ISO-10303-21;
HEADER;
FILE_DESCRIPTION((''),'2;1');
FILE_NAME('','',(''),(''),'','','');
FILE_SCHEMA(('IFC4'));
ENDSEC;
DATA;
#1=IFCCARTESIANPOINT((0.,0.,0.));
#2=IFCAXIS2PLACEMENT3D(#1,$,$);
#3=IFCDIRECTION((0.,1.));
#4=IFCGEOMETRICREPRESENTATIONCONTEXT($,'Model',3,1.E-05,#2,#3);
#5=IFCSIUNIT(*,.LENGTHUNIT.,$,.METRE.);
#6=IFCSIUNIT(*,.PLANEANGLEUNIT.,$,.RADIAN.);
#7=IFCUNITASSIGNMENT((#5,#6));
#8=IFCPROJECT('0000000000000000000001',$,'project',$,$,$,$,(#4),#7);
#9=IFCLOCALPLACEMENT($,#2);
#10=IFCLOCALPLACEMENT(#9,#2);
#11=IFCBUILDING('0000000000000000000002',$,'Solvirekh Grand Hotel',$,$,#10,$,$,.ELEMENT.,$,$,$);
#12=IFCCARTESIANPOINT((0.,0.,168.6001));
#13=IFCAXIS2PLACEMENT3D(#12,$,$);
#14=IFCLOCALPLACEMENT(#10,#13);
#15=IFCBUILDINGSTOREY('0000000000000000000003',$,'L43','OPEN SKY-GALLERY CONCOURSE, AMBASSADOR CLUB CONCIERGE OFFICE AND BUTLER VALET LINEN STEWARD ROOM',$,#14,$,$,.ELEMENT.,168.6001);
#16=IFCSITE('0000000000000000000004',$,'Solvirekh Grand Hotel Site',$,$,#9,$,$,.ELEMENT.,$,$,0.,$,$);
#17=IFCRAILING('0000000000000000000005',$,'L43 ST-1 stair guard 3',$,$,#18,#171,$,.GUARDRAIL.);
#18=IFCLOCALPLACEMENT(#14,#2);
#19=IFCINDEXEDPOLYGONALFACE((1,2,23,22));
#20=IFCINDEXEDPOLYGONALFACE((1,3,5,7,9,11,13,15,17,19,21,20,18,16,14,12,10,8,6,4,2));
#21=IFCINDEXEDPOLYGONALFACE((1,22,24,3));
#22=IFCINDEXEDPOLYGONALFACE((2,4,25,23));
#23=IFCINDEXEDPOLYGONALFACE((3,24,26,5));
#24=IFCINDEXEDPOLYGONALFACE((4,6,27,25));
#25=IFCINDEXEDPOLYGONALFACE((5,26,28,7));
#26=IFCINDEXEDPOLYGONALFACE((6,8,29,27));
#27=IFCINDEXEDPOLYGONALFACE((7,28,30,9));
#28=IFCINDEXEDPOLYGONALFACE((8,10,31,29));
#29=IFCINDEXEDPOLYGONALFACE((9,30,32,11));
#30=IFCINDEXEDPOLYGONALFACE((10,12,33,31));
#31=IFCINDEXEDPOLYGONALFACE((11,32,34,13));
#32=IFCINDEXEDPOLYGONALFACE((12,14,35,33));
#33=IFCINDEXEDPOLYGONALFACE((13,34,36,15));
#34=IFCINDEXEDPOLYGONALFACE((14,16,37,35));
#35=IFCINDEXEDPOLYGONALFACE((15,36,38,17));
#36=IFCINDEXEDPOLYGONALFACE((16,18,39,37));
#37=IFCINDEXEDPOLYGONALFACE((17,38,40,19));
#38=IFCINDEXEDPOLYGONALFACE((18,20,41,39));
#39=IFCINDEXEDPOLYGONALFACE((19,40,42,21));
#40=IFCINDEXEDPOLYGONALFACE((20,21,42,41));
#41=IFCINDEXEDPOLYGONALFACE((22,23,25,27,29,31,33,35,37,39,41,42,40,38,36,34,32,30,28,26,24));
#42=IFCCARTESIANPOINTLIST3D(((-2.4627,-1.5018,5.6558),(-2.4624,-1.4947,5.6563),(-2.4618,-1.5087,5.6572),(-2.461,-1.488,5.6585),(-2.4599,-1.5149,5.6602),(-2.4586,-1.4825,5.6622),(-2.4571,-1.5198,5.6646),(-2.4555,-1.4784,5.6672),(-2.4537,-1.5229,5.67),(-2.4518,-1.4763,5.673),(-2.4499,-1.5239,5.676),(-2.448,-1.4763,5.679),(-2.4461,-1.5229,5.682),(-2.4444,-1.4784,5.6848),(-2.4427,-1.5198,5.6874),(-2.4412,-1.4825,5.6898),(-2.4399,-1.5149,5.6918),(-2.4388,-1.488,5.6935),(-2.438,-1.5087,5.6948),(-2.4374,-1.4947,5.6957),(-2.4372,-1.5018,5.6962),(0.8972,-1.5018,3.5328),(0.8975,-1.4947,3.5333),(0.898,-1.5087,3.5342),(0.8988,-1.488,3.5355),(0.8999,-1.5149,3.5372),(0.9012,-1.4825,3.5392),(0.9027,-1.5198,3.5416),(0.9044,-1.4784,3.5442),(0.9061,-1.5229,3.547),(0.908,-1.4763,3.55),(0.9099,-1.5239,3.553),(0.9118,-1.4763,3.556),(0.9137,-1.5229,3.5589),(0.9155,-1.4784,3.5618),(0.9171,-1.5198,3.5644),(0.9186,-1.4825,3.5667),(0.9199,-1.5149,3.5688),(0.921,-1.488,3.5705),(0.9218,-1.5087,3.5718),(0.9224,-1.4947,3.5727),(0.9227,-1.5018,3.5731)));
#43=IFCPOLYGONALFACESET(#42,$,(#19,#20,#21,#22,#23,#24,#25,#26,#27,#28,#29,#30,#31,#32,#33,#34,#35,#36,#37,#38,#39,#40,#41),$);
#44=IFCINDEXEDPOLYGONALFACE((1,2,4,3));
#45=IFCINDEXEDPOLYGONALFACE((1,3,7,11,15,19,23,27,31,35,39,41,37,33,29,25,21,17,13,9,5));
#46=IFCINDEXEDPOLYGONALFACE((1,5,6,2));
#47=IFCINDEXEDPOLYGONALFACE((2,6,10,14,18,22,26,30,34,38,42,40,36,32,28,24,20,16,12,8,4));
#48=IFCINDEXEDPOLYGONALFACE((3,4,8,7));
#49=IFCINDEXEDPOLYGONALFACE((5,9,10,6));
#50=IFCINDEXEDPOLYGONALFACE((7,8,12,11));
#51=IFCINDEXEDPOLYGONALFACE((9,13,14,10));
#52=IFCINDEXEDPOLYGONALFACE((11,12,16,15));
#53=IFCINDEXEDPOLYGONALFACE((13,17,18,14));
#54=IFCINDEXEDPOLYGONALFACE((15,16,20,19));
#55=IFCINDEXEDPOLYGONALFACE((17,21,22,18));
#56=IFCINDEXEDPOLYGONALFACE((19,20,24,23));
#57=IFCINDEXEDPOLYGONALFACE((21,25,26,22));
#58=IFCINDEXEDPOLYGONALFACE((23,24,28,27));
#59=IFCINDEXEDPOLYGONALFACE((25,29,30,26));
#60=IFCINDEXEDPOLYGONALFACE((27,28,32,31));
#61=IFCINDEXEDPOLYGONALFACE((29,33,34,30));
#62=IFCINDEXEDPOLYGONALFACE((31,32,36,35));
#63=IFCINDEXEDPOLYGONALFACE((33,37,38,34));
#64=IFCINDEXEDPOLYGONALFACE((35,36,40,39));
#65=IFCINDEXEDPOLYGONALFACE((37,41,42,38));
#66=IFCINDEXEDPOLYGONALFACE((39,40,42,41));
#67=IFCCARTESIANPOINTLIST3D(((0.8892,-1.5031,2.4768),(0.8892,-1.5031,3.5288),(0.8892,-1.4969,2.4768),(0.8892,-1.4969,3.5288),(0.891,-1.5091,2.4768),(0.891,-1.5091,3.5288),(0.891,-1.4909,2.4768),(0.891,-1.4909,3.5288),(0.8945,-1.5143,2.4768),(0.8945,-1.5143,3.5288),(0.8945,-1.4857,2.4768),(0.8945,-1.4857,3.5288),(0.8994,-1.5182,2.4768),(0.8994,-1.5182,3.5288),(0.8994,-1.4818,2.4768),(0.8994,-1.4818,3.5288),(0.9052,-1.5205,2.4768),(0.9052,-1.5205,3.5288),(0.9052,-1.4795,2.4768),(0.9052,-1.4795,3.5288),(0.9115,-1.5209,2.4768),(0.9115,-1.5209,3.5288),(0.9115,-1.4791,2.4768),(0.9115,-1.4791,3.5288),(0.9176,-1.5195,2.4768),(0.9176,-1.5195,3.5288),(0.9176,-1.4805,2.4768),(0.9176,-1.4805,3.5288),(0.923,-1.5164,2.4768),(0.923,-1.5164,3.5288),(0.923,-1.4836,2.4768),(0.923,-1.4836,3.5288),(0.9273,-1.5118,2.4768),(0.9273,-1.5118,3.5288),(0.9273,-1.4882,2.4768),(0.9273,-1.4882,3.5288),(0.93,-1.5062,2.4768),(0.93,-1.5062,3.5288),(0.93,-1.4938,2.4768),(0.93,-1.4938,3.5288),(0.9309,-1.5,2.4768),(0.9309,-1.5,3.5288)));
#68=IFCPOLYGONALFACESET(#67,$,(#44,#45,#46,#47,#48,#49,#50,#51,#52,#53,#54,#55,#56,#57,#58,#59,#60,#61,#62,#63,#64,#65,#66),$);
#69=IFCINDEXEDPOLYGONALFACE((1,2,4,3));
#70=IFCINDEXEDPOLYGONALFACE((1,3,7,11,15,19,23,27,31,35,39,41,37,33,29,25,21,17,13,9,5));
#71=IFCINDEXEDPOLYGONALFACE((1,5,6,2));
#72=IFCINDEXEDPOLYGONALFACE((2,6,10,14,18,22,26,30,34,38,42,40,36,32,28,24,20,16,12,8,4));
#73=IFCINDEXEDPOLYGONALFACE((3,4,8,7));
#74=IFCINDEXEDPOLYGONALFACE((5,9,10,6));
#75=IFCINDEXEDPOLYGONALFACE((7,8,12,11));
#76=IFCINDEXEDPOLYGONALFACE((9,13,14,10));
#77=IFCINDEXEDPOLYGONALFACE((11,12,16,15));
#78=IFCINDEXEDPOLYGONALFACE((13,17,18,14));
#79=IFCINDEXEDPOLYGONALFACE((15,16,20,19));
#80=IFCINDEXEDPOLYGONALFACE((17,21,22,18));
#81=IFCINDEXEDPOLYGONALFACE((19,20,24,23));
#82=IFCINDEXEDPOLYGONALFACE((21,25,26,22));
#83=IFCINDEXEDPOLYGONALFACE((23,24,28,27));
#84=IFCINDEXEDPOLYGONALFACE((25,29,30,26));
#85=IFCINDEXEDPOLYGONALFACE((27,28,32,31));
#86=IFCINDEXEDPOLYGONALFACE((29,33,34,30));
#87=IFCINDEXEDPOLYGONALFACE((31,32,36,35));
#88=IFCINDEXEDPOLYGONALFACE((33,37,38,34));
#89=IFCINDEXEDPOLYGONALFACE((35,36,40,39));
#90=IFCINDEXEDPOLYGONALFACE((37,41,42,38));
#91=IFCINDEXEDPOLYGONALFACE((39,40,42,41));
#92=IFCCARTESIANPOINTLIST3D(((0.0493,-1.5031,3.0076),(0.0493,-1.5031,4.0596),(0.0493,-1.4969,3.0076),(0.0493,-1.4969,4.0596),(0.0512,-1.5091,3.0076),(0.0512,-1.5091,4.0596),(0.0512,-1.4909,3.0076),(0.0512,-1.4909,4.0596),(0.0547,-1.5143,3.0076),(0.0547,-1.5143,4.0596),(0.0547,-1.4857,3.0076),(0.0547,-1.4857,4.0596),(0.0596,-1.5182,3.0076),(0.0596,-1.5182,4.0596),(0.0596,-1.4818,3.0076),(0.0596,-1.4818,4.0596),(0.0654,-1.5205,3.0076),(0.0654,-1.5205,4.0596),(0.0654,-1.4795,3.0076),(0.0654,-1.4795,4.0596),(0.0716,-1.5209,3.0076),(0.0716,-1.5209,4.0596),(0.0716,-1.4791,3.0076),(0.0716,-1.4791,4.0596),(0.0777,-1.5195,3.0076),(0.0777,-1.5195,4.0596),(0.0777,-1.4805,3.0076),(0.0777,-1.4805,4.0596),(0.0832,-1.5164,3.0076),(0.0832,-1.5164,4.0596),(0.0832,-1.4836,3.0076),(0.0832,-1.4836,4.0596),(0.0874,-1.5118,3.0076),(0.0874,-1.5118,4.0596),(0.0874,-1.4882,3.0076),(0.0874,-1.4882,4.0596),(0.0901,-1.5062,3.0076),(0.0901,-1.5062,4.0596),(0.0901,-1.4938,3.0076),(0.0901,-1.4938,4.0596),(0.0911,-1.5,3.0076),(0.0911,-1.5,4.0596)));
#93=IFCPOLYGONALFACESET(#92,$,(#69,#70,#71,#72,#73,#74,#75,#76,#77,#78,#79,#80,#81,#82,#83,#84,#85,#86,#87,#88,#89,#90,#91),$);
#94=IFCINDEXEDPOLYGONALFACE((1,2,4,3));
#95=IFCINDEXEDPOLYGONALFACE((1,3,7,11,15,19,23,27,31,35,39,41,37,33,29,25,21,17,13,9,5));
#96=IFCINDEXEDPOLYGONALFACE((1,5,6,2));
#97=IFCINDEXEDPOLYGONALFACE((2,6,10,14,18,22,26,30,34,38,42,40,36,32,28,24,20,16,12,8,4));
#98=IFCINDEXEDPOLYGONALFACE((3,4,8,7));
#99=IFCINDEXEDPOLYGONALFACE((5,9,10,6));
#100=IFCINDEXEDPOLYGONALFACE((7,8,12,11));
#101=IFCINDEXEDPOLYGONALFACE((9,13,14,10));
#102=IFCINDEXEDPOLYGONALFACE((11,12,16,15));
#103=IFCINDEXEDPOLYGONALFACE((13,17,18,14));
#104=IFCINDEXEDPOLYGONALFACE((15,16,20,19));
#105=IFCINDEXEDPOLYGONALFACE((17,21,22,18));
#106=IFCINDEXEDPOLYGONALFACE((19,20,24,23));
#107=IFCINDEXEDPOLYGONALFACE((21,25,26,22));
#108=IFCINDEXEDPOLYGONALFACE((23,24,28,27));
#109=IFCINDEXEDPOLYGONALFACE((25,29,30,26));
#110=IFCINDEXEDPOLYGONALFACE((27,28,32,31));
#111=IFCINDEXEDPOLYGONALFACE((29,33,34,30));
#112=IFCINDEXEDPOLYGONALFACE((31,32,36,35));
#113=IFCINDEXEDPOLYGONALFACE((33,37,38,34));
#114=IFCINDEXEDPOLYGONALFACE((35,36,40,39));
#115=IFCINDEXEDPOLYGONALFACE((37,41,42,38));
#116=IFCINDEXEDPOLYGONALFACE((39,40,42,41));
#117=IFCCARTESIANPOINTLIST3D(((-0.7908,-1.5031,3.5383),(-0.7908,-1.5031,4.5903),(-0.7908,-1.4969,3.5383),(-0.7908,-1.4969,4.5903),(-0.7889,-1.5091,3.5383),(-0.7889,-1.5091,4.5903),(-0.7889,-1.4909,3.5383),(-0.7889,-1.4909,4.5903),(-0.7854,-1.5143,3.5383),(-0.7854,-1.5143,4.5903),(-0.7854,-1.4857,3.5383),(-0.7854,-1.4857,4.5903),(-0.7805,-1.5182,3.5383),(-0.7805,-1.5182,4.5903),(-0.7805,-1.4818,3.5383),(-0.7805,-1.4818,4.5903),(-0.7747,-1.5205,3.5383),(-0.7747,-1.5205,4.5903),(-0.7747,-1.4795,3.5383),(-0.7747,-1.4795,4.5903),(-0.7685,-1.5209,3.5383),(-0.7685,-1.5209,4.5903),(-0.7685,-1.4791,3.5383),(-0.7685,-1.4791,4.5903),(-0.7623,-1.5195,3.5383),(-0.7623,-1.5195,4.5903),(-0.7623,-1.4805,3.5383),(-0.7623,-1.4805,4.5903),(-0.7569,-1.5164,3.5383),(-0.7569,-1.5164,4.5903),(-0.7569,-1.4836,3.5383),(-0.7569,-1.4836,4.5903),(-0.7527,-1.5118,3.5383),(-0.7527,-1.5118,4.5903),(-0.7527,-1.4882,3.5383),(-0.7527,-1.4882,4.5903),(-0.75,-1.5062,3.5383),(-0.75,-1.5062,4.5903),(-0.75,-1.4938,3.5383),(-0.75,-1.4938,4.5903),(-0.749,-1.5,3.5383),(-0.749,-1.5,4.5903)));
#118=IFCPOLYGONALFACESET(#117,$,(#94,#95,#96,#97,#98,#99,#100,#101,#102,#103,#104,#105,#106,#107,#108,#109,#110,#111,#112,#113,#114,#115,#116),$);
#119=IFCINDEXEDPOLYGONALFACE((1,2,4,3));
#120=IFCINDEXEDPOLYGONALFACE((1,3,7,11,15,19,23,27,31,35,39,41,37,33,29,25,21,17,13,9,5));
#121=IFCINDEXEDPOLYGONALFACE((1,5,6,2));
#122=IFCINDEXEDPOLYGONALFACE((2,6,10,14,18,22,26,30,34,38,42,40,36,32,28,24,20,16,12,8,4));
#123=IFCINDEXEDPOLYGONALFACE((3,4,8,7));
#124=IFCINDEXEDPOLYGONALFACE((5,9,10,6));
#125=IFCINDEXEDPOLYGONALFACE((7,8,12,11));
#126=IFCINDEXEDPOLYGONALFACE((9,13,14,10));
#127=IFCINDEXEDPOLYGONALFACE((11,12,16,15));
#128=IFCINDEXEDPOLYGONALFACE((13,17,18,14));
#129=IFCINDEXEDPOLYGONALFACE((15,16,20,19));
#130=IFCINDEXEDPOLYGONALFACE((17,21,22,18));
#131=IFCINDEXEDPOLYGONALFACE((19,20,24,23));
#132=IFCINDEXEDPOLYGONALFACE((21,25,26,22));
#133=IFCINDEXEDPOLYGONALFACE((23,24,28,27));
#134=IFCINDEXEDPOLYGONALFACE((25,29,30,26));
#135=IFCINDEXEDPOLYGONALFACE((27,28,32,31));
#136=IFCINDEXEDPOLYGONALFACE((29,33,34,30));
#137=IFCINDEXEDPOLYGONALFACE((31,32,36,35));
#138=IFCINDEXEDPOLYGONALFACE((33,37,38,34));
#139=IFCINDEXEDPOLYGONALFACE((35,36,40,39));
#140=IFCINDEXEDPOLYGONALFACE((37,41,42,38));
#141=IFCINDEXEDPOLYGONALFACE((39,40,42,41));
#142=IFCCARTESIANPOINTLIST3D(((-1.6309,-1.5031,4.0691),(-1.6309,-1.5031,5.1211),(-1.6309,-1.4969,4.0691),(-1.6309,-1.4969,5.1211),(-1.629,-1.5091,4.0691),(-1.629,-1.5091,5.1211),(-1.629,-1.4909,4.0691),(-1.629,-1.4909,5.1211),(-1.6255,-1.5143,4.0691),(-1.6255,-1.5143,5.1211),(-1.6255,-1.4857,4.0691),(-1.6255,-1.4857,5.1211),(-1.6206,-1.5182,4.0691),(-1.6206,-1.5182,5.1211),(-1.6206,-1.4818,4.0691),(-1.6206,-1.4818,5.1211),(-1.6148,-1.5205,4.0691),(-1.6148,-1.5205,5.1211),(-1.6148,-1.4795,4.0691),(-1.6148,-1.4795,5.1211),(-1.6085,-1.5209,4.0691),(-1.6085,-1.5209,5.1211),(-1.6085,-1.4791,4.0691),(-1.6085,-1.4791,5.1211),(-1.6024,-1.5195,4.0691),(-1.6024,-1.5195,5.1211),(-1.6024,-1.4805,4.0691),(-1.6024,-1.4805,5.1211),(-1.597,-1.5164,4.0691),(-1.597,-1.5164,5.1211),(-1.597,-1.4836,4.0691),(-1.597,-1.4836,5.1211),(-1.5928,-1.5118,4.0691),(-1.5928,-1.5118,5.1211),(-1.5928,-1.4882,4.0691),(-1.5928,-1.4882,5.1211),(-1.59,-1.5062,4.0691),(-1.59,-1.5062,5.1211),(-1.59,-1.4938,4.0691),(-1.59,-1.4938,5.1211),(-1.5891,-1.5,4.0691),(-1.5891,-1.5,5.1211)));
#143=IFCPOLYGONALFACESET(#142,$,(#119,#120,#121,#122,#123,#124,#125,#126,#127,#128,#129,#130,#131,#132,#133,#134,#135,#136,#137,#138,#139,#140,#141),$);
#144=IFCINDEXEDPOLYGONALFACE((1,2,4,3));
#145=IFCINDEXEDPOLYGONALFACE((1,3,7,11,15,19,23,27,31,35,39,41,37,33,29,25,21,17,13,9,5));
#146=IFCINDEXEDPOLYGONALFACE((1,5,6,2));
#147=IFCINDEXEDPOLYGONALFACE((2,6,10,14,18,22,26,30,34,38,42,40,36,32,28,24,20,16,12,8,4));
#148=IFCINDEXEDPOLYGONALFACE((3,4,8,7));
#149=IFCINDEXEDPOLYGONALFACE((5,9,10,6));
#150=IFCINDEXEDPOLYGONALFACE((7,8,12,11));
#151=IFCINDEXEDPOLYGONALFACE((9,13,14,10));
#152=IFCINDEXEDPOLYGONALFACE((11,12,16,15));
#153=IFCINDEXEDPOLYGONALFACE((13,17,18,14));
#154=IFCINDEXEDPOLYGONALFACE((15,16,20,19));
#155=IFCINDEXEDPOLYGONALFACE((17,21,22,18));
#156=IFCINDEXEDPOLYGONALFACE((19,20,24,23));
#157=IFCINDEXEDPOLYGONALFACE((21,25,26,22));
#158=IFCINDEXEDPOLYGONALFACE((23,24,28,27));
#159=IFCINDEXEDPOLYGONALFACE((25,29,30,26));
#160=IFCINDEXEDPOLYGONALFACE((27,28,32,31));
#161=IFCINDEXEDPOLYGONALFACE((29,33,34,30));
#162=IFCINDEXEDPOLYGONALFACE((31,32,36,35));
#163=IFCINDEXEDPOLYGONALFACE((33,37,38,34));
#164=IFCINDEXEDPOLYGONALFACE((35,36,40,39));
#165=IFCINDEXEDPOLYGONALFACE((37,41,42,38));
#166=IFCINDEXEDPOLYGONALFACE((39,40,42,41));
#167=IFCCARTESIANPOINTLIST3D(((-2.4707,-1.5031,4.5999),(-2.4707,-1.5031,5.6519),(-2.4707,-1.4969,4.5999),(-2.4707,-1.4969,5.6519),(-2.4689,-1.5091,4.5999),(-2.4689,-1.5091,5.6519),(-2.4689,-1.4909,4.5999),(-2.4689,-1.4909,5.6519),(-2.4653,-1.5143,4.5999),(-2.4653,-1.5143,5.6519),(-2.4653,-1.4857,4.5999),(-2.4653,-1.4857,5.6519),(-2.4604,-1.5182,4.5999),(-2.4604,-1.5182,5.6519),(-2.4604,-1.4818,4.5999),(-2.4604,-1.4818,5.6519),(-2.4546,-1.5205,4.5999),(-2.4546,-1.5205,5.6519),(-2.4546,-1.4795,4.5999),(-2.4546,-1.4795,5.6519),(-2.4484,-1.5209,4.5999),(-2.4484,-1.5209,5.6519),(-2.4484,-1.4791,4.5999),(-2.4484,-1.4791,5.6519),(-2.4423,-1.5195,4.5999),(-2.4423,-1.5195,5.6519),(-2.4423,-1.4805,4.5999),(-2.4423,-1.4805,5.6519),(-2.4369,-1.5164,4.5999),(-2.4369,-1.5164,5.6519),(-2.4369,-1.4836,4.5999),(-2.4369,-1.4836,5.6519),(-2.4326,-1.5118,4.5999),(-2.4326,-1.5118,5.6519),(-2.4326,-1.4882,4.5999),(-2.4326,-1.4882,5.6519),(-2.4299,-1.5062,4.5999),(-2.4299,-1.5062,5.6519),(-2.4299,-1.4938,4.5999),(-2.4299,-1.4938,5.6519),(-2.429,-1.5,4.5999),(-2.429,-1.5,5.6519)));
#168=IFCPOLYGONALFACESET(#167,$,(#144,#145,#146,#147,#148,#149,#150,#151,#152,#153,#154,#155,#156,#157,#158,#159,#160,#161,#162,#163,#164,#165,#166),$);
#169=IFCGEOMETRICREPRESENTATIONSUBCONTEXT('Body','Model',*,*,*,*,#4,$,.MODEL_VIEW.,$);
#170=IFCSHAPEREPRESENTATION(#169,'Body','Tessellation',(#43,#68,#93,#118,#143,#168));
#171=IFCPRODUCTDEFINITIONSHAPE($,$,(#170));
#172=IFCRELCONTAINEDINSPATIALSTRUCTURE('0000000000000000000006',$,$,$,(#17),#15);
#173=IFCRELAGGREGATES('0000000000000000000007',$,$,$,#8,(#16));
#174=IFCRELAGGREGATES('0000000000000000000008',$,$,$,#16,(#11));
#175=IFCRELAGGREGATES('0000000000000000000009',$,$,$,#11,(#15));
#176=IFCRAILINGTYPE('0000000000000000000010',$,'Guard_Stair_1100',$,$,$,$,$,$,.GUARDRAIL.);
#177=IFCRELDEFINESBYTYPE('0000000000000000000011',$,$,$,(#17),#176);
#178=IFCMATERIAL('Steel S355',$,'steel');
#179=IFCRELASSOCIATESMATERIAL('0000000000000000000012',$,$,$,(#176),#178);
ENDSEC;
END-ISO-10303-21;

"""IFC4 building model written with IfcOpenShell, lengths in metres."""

from ifc_helpers import new_model, si_unit, direction, frame, origin, origin_2d, place, context, subcontext, project, spatial, circle, extrude, material, type_object, element, save


model = new_model("IFC4")

# Units and contexts
model_context = context("Model", 3, precision=1e-05, world=origin(), true_north=direction((0.0, 1.0)))
body_context = subcontext(model_context, "Body", "Model", "MODEL_VIEW")
ifc_project = project(units=[si_unit("LENGTHUNIT", "METRE"), si_unit("PLANEANGLEUNIT", "RADIAN")], contexts=[model_context])

# Site, building, storey
site_placement = place(None, origin())
site = spatial("IfcSite", under=ifc_project, at=site_placement, Name="Solvirekh Grand Hotel Site", CompositionType="ELEMENT", RefElevation=0.0)
building_placement = place(site_placement, origin())
building = spatial("IfcBuilding", under=site, at=building_placement, Name="Solvirekh Grand Hotel", CompositionType="ELEMENT")
storey_placement = place(building_placement, frame((0.0, 0.0, 168.6001)))
storey = spatial("IfcBuildingStorey", under=building, at=storey_placement, Name="L43", Description="OPEN SKY-GALLERY CONCOURSE, AMBASSADOR CLUB CONCIERGE OFFICE AND BUTLER VALET LINEN STEWARD ROOM", CompositionType="ELEMENT", Elevation=168.6001)

# Shared definitions
ifc_material_1 = material(Name="Steel S355", Category="steel")

# Railing
railing_type_1 = type_object("IfcRailingType", Name="Guard_Stair_1100", PredefinedType="GUARDRAIL", material=ifc_material_1)
railing_1_placement = place(storey_placement, frame((0.9099, -1.5, 2.4768)))
element("IfcRailing", 1, at=railing_1_placement, inside=storey, type_object=railing_type_1, Name="L43 ST-1 stair guard 3", PredefinedType="GUARDRAIL", context=body_context, shape_type="SweptSolid", body=[
    extrude(circle(Radius=0.0239, at=origin_2d()), frame((0.0, 0.0, 1.0762), z_axis=(-0.845372, 0.0, 0.534178), x_axis=(0.0, -1.0, 0.0)), (0.0, 0.0, 1.0), 3.9744),
    extrude(circle(Radius=0.021, at=origin_2d()), origin(), (0.0, 0.0, 1.0), 1.052),
    extrude(circle(Radius=0.021, at=origin_2d()), frame((-0.8398, 0.0, 0.5308)), (0.0, 0.0, 1.0), 1.052),
    extrude(circle(Radius=0.021, at=origin_2d()), frame((-1.6799, 0.0, 1.0615)), (0.0, 0.0, 1.0), 1.052),
    extrude(circle(Radius=0.021, at=origin_2d()), frame((-2.52, 0.0, 1.5923)), (0.0, 0.0, 1.0), 1.052),
    extrude(circle(Radius=0.021, at=origin_2d()), frame((-3.3599, 0.0, 2.123)), (0.0, 0.0, 1.0), 1.052),
])

save(model, "model.ifc")
